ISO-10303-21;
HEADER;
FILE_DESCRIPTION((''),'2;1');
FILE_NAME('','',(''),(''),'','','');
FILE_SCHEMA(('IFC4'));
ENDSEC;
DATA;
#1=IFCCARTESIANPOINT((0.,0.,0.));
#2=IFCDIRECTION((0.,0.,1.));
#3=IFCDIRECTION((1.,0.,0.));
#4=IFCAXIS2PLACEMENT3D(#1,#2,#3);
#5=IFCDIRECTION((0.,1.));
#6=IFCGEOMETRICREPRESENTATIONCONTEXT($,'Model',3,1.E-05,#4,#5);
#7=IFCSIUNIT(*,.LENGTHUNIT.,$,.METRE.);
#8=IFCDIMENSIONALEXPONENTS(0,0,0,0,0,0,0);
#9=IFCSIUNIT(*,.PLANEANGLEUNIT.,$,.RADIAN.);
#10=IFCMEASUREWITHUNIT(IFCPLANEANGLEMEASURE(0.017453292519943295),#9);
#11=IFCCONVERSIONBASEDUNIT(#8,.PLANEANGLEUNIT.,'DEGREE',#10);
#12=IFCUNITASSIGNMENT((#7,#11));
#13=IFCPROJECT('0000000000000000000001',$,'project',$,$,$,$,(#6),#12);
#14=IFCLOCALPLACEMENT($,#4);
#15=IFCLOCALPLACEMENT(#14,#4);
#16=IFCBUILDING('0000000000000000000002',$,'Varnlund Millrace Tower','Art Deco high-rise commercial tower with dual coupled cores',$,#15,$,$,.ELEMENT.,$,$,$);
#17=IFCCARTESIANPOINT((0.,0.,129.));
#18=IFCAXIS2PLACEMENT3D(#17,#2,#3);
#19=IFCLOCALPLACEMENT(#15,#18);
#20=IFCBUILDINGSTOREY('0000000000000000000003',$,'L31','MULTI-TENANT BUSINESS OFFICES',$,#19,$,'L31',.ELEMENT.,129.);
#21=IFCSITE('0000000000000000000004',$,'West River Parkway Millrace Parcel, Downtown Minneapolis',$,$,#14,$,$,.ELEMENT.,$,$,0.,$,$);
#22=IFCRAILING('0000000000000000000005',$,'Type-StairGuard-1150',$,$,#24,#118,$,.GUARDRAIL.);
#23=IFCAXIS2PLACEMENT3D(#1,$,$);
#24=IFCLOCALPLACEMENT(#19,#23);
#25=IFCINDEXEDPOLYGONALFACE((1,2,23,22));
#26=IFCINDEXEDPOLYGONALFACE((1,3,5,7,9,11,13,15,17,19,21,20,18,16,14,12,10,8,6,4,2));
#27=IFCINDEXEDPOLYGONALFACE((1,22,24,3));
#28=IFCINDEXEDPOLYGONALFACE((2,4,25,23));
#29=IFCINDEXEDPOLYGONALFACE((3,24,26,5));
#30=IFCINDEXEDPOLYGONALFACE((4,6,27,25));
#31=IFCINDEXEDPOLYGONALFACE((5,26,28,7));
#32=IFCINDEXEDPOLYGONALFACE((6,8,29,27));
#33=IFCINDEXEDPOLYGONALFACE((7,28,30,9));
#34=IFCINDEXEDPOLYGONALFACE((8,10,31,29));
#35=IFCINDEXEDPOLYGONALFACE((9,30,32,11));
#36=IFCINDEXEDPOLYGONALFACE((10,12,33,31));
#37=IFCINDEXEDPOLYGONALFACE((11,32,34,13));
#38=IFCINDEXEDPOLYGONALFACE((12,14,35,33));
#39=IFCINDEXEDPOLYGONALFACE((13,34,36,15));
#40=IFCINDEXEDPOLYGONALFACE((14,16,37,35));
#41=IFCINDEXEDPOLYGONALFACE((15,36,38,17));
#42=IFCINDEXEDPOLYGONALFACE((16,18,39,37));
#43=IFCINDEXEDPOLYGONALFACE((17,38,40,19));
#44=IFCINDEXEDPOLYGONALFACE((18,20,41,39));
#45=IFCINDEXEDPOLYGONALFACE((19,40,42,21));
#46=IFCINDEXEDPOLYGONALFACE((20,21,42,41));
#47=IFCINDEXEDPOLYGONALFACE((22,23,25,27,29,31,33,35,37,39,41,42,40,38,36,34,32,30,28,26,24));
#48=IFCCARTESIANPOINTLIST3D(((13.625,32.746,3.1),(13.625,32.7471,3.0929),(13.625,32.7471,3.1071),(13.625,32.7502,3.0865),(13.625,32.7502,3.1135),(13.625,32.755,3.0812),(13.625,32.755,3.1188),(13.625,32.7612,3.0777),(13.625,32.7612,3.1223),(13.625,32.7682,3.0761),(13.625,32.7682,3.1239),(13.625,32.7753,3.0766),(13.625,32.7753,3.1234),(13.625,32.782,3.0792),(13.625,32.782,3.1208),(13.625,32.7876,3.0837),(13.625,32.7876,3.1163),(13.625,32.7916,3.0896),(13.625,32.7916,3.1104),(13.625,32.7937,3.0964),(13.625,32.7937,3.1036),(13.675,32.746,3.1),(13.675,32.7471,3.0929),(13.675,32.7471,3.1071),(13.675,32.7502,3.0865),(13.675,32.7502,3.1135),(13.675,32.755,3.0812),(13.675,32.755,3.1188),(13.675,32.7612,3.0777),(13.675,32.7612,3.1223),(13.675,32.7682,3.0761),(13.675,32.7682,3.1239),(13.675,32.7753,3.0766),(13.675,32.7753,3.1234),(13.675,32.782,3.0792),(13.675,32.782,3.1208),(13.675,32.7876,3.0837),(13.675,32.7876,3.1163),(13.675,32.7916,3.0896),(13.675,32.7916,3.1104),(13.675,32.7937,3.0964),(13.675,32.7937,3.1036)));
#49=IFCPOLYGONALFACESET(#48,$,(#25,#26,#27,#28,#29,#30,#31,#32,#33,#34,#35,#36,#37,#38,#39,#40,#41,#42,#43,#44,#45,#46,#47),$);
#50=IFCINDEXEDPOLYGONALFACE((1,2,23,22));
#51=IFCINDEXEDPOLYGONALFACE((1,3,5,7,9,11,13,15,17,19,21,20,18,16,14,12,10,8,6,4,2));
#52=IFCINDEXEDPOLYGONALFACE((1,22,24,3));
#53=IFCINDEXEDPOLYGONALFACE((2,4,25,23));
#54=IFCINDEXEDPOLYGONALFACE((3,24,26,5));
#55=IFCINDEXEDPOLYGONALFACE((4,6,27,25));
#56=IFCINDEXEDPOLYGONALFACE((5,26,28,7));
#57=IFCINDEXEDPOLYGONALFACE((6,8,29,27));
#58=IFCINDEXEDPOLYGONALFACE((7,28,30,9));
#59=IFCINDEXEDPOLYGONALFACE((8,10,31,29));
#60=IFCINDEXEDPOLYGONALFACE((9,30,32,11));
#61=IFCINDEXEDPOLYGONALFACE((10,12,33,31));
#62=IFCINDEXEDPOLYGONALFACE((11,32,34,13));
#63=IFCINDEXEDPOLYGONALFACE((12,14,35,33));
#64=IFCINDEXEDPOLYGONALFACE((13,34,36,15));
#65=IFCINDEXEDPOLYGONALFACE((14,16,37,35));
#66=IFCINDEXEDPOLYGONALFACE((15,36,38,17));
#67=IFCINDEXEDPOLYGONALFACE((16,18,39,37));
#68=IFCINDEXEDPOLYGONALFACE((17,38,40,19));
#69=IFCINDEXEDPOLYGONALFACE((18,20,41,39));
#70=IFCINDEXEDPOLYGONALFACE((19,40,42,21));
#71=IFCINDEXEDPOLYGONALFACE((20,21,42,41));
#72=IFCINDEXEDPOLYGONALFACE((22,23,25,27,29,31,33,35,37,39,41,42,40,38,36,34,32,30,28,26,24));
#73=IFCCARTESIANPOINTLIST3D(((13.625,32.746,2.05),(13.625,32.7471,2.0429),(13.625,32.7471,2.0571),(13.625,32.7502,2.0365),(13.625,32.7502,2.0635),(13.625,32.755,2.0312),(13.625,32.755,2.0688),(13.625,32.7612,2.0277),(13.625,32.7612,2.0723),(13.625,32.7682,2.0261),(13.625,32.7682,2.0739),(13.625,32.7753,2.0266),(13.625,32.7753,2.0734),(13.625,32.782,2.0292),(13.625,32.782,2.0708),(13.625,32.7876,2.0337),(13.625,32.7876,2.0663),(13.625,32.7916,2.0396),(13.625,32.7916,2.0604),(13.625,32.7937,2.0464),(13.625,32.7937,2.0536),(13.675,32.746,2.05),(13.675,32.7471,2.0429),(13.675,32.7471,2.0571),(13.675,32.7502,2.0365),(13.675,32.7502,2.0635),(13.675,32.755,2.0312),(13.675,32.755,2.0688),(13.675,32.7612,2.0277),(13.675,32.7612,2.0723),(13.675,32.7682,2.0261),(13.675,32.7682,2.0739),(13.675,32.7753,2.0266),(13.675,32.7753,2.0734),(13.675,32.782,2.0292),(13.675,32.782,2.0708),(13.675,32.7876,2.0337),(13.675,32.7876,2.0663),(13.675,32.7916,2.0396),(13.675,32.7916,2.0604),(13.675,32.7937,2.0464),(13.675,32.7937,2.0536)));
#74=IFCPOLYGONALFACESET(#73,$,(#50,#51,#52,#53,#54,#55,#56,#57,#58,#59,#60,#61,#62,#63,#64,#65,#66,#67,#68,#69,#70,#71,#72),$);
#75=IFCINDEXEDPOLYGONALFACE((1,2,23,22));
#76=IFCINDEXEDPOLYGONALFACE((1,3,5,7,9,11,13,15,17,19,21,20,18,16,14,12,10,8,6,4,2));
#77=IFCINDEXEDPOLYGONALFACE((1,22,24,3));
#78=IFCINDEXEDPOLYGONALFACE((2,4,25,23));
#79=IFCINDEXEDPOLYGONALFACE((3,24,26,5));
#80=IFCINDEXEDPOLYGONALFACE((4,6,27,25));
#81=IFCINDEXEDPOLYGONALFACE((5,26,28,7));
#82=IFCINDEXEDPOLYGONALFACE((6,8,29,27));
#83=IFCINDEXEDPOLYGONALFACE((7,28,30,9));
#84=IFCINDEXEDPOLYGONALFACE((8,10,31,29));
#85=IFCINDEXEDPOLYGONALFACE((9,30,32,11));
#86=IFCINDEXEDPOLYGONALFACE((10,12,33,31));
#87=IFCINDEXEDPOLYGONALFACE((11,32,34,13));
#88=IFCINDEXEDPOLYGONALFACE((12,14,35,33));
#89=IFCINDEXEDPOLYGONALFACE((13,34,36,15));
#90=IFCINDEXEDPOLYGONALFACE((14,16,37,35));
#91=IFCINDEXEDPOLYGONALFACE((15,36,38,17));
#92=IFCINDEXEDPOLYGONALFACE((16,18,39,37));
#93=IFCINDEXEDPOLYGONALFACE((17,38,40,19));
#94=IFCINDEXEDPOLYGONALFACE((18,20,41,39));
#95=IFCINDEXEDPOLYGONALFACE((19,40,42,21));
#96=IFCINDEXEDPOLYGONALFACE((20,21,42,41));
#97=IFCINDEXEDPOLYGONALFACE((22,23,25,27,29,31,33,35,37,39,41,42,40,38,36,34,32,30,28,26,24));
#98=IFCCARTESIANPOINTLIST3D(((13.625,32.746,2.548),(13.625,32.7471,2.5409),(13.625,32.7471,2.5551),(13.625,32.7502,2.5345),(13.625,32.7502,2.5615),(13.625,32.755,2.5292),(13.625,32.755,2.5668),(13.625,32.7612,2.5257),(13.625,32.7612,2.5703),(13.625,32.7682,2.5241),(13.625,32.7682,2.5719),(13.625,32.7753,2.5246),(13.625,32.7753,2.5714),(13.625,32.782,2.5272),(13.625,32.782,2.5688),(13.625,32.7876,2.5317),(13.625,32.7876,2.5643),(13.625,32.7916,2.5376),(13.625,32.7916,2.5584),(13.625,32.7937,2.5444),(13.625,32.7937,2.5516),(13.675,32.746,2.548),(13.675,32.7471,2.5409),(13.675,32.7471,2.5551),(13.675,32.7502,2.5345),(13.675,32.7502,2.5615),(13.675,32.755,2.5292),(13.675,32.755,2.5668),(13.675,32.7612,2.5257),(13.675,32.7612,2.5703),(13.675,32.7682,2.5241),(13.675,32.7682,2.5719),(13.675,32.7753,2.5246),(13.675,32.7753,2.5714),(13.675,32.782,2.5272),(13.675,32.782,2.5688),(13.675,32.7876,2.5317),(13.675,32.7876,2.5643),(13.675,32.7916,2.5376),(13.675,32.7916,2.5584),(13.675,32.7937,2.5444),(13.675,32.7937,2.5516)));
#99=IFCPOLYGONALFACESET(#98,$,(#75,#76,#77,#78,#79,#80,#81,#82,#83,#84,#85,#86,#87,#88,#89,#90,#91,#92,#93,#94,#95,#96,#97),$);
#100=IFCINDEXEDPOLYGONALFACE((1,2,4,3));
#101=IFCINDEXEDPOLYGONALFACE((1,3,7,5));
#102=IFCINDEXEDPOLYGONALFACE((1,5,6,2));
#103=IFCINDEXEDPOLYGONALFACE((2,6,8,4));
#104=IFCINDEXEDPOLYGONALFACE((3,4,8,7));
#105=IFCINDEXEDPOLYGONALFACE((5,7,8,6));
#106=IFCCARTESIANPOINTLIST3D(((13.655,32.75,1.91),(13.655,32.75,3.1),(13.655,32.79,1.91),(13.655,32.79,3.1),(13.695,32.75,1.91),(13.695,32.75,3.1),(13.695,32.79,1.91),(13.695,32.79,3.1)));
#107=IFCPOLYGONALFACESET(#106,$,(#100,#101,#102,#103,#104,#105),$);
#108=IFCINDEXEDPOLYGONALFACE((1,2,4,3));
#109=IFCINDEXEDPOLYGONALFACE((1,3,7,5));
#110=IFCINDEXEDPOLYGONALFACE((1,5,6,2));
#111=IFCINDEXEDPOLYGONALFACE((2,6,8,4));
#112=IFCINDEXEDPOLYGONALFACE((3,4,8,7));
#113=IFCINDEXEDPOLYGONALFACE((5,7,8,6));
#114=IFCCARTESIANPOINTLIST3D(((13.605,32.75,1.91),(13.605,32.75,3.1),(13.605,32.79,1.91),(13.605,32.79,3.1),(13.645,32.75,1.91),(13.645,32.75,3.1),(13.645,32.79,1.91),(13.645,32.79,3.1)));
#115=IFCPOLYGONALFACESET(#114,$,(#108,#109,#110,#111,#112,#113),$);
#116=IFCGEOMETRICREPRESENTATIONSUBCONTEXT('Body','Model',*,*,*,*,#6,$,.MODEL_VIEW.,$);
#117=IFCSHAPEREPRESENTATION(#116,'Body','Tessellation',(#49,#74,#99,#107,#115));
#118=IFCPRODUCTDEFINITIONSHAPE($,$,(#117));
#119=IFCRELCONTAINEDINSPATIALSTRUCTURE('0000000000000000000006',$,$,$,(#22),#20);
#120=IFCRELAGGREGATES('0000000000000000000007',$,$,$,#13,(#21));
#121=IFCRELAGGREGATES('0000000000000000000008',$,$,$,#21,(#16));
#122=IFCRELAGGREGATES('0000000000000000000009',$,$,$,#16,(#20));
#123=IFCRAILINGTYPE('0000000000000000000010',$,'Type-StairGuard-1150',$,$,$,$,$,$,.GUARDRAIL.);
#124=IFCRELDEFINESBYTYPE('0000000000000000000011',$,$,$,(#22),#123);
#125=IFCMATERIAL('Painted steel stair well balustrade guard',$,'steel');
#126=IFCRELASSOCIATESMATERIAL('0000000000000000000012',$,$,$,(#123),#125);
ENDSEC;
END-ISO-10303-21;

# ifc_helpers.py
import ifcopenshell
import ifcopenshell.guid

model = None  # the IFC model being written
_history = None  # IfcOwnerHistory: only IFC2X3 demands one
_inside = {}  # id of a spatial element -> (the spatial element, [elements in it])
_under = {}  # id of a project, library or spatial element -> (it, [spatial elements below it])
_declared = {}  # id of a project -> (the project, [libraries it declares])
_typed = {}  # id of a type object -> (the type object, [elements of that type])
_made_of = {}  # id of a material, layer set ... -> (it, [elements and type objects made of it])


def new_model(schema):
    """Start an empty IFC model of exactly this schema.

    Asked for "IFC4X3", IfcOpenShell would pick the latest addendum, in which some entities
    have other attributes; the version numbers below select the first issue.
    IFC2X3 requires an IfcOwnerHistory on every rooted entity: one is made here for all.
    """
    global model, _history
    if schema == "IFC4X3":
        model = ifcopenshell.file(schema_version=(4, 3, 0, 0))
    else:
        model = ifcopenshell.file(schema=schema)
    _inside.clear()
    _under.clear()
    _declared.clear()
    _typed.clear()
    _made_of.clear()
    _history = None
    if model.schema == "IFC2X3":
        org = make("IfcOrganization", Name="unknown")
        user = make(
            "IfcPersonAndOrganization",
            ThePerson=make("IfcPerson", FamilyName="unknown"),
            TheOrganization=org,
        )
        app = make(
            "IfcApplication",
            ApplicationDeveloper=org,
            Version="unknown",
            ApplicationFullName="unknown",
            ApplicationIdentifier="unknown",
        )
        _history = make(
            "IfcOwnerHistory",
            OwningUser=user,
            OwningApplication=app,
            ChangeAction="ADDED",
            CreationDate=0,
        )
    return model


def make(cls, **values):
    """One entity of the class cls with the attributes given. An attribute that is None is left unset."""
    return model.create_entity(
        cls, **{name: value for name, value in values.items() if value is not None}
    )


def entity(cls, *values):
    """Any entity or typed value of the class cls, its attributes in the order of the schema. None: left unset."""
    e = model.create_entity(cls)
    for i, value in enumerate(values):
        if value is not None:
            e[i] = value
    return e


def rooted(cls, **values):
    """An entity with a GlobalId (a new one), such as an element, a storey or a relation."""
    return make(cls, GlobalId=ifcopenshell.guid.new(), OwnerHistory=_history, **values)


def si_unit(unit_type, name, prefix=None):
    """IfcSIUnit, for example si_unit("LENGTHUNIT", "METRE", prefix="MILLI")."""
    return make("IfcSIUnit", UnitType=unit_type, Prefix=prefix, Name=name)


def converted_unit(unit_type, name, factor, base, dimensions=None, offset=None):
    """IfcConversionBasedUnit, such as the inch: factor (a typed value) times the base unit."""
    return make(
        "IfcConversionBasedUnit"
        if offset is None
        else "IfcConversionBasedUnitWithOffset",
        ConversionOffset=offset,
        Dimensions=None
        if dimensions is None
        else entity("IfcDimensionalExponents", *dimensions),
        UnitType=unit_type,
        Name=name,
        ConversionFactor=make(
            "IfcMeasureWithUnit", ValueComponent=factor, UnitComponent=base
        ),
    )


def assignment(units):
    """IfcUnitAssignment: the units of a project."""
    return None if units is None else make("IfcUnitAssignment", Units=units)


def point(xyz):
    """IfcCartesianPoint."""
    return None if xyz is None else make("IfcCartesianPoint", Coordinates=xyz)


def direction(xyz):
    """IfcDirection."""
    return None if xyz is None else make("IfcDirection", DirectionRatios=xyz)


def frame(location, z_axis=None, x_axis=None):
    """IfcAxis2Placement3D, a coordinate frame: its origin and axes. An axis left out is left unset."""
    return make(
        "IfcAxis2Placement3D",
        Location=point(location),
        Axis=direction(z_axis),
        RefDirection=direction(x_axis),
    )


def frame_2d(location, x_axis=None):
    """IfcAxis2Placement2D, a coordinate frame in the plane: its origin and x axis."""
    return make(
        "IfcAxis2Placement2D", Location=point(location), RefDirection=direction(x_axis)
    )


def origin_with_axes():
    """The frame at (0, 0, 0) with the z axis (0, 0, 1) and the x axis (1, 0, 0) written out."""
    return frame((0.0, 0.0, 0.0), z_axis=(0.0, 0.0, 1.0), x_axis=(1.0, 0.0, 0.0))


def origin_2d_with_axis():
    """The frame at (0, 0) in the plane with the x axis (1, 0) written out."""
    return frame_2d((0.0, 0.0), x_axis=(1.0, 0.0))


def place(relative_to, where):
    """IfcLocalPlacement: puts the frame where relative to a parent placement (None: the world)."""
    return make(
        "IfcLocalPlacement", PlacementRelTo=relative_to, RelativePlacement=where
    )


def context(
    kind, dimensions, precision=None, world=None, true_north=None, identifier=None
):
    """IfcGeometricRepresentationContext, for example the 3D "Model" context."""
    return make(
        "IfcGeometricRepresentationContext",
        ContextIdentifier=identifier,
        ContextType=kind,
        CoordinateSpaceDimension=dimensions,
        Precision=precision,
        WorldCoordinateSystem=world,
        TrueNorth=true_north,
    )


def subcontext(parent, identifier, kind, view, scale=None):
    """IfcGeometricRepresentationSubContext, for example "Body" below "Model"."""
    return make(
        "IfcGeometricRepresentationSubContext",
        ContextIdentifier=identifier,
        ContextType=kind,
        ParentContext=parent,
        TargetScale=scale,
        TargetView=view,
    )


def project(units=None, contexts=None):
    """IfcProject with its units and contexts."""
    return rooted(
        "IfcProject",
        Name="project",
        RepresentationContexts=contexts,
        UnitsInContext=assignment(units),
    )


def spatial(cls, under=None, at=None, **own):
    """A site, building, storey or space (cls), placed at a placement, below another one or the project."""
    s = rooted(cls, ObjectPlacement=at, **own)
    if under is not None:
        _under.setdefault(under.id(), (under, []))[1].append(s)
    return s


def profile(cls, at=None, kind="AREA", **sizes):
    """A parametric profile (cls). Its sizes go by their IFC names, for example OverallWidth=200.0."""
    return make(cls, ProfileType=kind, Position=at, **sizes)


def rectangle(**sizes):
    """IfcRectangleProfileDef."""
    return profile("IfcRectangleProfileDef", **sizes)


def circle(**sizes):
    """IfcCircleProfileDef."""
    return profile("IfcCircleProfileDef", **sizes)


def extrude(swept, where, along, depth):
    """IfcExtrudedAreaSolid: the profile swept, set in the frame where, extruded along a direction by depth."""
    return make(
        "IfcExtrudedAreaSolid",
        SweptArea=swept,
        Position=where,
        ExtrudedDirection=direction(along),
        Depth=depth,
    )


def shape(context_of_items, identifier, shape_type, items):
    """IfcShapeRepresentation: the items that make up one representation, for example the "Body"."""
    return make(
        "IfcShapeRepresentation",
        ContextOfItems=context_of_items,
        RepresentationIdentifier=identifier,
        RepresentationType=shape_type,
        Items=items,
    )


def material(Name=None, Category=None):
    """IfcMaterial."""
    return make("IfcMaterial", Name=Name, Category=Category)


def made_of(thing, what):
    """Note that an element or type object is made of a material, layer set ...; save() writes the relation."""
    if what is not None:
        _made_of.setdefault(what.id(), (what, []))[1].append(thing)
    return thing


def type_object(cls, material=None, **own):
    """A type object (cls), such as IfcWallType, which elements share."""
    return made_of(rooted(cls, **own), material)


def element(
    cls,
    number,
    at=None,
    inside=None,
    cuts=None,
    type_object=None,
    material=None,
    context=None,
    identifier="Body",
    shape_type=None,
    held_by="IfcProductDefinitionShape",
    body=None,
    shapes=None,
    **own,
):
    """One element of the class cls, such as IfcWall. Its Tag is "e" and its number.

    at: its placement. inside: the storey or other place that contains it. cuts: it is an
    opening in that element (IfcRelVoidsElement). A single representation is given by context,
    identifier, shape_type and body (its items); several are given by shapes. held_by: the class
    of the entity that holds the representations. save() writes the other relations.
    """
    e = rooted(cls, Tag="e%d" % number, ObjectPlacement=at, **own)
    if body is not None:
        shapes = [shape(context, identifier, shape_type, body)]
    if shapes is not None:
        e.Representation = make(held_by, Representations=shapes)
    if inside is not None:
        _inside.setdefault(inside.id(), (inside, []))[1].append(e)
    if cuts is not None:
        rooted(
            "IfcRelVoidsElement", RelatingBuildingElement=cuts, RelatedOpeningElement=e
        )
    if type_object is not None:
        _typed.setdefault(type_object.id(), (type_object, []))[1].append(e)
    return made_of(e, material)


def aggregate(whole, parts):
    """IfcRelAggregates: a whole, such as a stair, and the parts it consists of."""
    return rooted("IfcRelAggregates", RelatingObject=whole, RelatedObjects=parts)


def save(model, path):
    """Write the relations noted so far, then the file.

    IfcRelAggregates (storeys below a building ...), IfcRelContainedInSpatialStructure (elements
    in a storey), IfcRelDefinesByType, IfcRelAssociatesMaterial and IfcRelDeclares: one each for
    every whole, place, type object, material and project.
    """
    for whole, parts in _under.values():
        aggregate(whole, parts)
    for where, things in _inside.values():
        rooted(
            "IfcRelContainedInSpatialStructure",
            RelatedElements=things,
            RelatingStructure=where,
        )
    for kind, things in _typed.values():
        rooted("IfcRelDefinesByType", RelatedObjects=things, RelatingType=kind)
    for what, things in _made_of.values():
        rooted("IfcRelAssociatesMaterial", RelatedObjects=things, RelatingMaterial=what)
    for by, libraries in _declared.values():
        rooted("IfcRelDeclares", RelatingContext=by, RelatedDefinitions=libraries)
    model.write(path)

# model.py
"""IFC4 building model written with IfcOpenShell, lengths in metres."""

from ifc_helpers import new_model, entity, si_unit, converted_unit, direction, frame, origin_with_axes, origin_2d_with_axis, place, context, subcontext, project, spatial, rectangle, circle, extrude, material, type_object, element, save


model = new_model("IFC4")

# Units and contexts
model_context = context("Model", 3, precision=1e-05, world=origin_with_axes(), true_north=direction((0.0, 1.0)))
body_context = subcontext(model_context, "Body", "Model", "MODEL_VIEW")
ifc_project = project(units=[si_unit("LENGTHUNIT", "METRE"), converted_unit("PLANEANGLEUNIT", "DEGREE", entity("IfcPlaneAngleMeasure", 0.017453292519943295), si_unit("PLANEANGLEUNIT", "RADIAN"), dimensions=[0, 0, 0, 0, 0, 0, 0])], contexts=[model_context])

# Site, building, storey
site_placement = place(None, origin_with_axes())
site = spatial("IfcSite", under=ifc_project, at=site_placement, Name="West River Parkway Millrace Parcel, Downtown Minneapolis", CompositionType="ELEMENT", RefElevation=0.0)
building_placement = place(site_placement, origin_with_axes())
building = spatial("IfcBuilding", under=site, at=building_placement, Name="Varnlund Millrace Tower", Description="Art Deco high-rise commercial tower with dual coupled cores", CompositionType="ELEMENT")
storey_placement = place(building_placement, frame((0.0, 0.0, 129.0), z_axis=(0.0, 0.0, 1.0), x_axis=(1.0, 0.0, 0.0)))
storey = spatial("IfcBuildingStorey", under=building, at=storey_placement, Name="L31", Description="MULTI-TENANT BUSINESS OFFICES", LongName="L31", CompositionType="ELEMENT", Elevation=129.0)

# Railing
ifc_material_1 = material(Name="Painted steel stair well balustrade guard", Category="steel")
railing_type_1 = type_object("IfcRailingType", Name="Type-StairGuard-1150", PredefinedType="GUARDRAIL", material=ifc_material_1)
railing_1_placement = place(storey_placement, frame((0.0, 0.0, -129.0), z_axis=(0.0, 0.0, 1.0), x_axis=(1.0, 0.0, 0.0)))
element("IfcRailing", 1, at=railing_1_placement, inside=storey, type_object=railing_type_1, Name="Type-StairGuard-1150", PredefinedType="GUARDRAIL", context=body_context, shape_type="SweptSolid", body=[
    extrude(circle(Radius=0.024, at=origin_2d_with_axis()), frame((13.675, 32.77, 132.1), z_axis=(-1.0, 0.0, 0.0), x_axis=(0.0, -1.0, 0.0)), (0.0, 0.0, 1.0), 0.05),
    extrude(circle(Radius=0.024, at=origin_2d_with_axis()), frame((13.675, 32.77, 131.05), z_axis=(-1.0, 0.0, 0.0), x_axis=(0.0, -1.0, 0.0)), (0.0, 0.0, 1.0), 0.05),
    extrude(circle(Radius=0.024, at=origin_2d_with_axis()), frame((13.675, 32.77, 131.548), z_axis=(-1.0, 0.0, 0.0), x_axis=(0.0, -1.0, 0.0)), (0.0, 0.0, 1.0), 0.05),
    extrude(rectangle(XDim=0.04, YDim=0.04, at=origin_2d_with_axis()), frame((13.675, 32.77, 130.91), z_axis=(0.0, 0.0, 1.0), x_axis=(1.0, 0.0, 0.0)), (0.0, 0.0, 1.0), 1.19),
    extrude(rectangle(XDim=0.04, YDim=0.04, at=origin_2d_with_axis()), frame((13.625, 32.77, 130.91), z_axis=(0.0, 0.0, 1.0), x_axis=(1.0, 0.0, 0.0)), (0.0, 0.0, 1.0), 1.19),
])

save(model, "model.ifc")
